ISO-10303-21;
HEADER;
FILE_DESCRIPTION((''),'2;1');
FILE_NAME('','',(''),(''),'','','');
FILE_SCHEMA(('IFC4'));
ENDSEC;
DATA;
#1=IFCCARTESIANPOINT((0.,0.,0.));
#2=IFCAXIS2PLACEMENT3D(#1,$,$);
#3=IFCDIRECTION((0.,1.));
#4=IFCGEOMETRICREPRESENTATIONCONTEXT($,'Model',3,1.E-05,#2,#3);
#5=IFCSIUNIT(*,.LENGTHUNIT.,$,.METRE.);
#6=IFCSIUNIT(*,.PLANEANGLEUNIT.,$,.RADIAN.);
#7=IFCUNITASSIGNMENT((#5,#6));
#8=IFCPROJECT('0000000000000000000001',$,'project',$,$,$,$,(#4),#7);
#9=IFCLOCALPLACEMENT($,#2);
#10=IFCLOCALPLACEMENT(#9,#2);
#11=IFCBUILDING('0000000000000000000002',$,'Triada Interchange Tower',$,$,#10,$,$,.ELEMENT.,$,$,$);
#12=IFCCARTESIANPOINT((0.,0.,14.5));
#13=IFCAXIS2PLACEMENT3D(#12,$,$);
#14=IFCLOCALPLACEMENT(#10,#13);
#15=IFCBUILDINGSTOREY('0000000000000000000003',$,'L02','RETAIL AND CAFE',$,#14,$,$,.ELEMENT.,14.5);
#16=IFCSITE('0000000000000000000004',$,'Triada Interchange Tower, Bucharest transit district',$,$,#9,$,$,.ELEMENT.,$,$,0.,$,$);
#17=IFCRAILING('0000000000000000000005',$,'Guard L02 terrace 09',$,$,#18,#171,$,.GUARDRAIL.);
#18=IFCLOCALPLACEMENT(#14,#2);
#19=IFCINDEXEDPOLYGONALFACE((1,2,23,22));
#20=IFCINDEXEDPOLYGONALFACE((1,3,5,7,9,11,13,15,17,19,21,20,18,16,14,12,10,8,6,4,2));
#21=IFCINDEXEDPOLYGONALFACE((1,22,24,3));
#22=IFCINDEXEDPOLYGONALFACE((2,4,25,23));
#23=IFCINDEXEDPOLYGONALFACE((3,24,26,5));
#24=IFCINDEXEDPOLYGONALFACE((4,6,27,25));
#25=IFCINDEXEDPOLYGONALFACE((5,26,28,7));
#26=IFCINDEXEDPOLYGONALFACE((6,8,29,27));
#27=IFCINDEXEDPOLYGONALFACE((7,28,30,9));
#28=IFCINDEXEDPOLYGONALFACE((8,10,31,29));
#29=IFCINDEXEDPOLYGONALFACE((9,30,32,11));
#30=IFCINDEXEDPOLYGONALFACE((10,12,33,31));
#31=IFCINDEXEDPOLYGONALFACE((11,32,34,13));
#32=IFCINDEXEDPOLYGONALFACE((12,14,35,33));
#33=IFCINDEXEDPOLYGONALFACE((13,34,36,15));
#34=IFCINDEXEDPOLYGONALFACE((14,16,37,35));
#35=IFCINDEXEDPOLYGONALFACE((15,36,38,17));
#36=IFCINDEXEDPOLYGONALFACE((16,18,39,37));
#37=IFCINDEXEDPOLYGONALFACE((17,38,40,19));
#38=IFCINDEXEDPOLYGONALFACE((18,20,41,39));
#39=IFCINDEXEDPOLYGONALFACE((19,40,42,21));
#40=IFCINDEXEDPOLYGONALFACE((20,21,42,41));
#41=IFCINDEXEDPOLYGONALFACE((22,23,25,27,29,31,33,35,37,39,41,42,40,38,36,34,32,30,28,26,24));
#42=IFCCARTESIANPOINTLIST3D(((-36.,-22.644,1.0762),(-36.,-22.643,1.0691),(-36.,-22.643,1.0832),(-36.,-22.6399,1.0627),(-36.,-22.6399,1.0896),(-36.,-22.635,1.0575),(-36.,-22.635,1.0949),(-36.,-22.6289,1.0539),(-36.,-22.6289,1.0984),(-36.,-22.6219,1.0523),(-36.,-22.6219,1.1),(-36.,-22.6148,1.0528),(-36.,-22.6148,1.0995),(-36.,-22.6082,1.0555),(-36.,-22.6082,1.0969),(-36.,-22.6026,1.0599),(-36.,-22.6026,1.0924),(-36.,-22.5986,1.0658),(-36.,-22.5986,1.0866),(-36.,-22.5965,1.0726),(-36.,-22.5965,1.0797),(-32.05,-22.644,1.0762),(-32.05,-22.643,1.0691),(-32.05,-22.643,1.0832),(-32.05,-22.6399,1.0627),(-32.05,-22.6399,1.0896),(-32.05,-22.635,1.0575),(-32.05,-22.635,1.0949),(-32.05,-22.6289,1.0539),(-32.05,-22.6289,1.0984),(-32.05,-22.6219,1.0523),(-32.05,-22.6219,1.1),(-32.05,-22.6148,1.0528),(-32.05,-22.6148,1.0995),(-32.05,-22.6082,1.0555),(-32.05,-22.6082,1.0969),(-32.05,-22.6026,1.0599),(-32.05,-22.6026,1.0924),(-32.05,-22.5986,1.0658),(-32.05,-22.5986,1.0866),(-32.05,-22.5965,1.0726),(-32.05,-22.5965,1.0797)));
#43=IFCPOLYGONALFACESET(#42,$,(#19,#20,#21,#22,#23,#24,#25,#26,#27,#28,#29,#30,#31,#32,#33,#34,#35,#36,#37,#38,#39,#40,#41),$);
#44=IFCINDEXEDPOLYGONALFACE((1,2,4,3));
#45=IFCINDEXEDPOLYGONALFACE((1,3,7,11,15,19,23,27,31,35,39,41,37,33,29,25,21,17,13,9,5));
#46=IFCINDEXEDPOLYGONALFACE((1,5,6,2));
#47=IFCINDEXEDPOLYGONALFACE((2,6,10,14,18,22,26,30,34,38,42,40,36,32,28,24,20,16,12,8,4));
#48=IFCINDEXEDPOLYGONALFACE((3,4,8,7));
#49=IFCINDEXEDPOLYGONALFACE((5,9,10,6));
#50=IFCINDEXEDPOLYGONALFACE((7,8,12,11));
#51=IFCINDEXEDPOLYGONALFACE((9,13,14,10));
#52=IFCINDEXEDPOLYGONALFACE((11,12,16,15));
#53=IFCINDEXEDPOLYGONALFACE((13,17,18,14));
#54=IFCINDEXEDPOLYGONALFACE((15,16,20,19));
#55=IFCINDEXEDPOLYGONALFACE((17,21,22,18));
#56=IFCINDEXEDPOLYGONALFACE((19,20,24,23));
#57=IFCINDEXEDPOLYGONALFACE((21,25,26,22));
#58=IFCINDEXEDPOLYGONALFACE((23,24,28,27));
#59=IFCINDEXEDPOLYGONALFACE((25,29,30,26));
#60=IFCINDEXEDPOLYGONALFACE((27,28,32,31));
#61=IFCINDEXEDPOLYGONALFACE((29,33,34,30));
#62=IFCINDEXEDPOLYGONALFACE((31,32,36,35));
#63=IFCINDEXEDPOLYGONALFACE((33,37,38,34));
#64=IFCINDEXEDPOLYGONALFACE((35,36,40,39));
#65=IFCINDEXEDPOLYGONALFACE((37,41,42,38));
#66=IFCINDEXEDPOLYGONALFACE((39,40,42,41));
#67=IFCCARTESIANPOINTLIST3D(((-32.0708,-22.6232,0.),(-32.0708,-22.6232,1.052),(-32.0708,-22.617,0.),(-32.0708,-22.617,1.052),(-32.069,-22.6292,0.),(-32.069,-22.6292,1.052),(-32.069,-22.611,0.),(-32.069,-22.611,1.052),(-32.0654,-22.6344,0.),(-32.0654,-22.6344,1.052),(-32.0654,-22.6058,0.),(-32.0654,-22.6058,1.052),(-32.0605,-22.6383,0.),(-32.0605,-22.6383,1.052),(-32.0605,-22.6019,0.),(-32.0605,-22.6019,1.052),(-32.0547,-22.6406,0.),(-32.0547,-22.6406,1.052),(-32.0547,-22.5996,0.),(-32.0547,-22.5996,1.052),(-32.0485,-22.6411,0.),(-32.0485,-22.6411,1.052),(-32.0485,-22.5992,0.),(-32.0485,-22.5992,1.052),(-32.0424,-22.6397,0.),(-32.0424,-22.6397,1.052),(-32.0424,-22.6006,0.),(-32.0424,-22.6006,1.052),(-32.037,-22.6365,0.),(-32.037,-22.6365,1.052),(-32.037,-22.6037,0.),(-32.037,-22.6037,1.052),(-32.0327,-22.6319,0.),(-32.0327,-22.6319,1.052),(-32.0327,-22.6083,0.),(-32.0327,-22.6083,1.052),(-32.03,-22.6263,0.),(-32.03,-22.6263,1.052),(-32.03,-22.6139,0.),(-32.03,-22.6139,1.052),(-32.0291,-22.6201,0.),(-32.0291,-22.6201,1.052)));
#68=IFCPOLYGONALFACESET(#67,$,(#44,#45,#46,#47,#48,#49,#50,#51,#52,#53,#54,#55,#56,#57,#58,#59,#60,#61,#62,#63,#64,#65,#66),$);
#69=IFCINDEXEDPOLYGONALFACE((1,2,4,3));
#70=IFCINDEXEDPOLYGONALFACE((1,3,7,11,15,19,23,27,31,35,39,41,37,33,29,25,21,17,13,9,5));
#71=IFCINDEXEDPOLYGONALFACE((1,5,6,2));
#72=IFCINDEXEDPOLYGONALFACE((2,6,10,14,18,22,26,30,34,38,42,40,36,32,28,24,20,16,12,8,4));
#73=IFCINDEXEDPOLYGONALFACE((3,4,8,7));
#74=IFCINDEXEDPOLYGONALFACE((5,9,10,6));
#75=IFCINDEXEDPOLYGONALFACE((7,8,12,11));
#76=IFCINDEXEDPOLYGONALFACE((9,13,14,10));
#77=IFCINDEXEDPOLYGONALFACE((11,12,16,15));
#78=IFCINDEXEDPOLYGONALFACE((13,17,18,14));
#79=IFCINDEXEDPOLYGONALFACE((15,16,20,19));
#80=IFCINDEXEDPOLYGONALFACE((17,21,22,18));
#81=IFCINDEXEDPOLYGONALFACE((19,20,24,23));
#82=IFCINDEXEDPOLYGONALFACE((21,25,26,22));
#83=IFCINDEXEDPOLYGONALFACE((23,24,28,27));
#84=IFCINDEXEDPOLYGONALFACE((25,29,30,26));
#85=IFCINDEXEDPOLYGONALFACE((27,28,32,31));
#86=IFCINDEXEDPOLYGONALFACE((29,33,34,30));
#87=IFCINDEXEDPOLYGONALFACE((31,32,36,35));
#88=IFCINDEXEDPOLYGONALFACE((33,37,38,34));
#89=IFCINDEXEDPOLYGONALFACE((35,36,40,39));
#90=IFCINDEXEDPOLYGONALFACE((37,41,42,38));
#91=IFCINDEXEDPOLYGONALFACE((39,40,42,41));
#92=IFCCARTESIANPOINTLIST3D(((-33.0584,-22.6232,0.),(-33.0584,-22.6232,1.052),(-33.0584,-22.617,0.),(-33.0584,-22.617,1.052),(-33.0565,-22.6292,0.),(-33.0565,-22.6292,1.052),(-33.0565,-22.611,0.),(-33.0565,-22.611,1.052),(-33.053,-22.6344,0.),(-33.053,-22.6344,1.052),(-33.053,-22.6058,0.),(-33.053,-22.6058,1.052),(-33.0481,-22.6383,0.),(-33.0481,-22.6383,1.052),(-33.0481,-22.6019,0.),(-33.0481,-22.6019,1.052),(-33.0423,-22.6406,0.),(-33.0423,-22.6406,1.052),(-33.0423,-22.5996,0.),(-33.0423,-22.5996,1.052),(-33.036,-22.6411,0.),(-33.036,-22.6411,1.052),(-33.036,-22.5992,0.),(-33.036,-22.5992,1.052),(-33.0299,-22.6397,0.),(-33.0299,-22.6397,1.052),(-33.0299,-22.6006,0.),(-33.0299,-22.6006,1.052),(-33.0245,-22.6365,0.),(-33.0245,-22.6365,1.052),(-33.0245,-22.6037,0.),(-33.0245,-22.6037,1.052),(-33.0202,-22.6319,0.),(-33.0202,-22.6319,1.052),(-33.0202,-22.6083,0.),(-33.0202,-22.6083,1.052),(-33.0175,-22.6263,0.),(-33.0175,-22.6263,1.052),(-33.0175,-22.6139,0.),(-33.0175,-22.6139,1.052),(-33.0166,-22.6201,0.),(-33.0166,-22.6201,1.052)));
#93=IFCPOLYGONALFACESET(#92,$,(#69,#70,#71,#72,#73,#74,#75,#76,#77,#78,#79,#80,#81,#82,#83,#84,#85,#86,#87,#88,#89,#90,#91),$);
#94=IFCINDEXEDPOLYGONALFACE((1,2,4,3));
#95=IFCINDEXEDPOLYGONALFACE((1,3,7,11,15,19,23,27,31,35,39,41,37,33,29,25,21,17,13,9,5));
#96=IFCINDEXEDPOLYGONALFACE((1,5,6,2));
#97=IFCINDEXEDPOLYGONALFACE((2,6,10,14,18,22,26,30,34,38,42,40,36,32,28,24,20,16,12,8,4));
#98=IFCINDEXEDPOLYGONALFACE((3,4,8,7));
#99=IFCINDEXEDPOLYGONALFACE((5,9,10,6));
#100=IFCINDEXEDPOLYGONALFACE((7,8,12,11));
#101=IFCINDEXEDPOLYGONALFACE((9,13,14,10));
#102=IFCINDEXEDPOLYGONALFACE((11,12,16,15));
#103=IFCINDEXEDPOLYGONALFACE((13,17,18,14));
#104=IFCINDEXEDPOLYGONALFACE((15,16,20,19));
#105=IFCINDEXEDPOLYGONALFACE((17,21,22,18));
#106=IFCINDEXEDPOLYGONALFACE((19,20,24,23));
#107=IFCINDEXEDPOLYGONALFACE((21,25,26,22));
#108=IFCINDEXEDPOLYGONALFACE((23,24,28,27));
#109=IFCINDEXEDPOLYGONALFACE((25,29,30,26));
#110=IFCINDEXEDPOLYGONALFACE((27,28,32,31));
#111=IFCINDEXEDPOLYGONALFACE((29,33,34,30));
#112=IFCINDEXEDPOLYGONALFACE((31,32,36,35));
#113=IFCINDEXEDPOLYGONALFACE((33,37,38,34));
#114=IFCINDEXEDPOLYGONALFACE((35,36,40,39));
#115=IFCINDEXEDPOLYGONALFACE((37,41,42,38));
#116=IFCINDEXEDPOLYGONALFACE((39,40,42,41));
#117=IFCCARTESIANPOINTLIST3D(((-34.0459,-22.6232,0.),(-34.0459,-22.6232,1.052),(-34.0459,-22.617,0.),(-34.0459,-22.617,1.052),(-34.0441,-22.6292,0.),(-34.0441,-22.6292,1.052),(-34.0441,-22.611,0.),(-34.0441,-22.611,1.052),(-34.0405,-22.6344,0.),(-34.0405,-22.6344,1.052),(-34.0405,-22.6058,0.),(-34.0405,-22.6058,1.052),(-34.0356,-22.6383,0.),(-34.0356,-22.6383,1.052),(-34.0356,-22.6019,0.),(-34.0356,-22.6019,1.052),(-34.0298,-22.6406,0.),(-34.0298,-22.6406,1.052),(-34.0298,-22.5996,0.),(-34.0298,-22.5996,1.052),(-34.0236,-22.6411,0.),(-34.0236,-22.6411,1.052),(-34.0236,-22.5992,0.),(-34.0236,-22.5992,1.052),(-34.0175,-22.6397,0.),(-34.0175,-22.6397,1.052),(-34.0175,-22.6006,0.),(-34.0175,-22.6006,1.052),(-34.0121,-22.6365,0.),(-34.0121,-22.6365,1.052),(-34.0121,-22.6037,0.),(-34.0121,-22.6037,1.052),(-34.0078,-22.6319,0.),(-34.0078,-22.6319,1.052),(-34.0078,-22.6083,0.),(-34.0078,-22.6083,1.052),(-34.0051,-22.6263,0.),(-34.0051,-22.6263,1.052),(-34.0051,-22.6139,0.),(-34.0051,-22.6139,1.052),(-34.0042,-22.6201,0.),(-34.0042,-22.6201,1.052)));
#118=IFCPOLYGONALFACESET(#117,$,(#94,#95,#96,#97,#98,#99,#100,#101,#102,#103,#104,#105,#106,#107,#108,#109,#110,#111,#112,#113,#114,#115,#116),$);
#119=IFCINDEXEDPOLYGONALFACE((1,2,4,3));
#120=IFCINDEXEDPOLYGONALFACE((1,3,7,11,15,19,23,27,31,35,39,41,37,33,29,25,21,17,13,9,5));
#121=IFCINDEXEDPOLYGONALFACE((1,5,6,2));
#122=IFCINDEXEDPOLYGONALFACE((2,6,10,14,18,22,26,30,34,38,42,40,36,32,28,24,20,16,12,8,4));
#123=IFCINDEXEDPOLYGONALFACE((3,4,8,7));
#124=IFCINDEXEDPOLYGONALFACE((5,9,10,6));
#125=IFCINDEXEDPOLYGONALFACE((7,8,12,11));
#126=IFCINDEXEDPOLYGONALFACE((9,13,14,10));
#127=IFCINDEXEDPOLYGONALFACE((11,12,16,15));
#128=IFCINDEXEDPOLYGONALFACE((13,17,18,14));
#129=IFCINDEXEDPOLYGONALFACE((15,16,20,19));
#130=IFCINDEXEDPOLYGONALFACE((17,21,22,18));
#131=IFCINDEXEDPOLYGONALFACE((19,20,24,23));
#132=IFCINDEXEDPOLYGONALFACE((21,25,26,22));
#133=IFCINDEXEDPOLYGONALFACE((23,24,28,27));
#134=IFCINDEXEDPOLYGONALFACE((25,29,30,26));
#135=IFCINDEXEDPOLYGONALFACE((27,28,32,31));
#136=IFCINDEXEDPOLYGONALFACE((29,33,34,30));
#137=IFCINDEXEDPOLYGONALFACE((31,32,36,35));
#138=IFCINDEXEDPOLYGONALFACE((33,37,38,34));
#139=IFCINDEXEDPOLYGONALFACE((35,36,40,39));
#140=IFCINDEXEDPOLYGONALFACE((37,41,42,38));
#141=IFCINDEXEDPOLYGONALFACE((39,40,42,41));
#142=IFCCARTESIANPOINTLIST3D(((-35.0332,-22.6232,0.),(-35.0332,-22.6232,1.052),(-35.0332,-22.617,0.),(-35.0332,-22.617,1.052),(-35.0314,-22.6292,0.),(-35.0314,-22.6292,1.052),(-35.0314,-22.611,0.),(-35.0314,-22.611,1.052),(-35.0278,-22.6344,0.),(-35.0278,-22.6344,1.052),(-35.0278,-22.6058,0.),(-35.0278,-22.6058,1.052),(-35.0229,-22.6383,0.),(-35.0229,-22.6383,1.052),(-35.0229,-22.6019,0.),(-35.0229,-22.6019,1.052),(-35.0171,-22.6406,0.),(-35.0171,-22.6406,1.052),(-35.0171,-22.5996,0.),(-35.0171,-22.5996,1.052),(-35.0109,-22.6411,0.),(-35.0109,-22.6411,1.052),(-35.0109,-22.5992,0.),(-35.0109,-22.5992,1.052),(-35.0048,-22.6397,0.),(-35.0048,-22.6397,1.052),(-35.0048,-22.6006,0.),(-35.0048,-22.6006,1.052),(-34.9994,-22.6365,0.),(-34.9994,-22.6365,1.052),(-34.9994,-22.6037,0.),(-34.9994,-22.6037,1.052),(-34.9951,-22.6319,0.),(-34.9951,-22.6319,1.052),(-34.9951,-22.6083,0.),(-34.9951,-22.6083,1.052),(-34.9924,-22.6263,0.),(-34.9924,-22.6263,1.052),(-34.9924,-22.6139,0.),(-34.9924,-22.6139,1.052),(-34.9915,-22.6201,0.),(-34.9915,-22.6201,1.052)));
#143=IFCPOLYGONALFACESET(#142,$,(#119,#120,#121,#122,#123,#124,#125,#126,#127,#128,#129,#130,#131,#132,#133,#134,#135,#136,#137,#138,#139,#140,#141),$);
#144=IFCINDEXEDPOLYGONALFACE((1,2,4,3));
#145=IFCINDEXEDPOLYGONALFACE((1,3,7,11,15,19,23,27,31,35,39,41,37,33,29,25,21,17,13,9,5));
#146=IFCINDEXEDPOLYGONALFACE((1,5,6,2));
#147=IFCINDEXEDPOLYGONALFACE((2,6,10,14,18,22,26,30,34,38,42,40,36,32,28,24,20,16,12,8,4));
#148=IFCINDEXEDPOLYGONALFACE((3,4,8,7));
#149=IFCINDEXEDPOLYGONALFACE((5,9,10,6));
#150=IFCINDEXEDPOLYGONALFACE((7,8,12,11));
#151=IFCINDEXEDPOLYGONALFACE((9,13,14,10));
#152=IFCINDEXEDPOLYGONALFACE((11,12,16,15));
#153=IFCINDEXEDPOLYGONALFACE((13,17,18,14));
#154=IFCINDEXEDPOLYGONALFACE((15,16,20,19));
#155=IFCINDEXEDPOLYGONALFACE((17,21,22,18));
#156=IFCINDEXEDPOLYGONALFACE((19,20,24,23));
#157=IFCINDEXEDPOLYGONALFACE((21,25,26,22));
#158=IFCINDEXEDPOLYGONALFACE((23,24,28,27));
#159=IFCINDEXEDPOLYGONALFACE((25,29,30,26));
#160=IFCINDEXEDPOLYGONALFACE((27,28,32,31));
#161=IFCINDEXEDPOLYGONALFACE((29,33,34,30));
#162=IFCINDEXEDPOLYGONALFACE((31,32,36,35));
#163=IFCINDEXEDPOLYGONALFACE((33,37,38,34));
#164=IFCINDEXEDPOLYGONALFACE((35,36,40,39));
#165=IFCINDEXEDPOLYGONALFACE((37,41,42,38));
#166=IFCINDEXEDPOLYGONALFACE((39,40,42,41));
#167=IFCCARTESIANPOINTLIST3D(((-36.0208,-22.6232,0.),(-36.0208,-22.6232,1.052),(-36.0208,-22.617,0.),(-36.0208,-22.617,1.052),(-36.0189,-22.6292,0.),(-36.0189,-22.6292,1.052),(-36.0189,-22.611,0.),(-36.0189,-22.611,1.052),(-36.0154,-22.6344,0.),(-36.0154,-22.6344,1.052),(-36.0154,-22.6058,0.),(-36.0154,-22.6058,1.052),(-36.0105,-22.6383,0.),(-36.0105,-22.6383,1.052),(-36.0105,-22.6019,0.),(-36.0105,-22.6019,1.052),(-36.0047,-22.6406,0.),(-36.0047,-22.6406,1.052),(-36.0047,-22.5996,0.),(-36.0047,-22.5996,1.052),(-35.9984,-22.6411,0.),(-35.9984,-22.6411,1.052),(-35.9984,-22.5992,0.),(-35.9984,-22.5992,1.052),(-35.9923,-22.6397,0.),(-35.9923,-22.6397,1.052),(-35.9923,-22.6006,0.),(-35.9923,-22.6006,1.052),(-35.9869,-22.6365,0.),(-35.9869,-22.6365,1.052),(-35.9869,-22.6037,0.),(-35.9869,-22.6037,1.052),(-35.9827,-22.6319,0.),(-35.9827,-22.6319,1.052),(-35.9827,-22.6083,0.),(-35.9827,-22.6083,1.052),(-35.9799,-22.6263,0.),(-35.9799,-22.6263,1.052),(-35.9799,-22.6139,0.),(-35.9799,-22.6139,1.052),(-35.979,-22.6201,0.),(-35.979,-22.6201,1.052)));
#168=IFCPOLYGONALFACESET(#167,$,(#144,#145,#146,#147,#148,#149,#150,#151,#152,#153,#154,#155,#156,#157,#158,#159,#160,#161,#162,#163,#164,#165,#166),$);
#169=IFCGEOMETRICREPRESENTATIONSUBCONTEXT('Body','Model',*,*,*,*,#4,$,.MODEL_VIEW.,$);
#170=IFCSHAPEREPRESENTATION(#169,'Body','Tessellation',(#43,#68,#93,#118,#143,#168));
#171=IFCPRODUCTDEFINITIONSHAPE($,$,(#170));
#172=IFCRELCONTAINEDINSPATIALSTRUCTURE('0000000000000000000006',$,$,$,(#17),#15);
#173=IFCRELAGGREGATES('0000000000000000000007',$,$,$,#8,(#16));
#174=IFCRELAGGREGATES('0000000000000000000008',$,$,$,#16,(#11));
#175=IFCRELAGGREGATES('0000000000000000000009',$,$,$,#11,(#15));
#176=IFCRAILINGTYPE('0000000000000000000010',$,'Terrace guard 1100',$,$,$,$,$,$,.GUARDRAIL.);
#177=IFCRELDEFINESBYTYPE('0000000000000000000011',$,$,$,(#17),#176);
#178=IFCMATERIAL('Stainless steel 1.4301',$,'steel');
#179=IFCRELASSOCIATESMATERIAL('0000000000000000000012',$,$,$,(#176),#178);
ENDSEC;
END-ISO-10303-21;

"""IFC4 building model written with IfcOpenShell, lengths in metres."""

from ifc_helpers import new_model, si_unit, direction, frame, origin, origin_2d, place, context, subcontext, project, spatial, circle, extrude, material, type_object, element, save


model = new_model("IFC4")

# Units and contexts
model_context = context("Model", 3, precision=1e-05, world=origin(), true_north=direction((0.0, 1.0)))
body_context = subcontext(model_context, "Body", "Model", "MODEL_VIEW")
ifc_project = project(units=[si_unit("LENGTHUNIT", "METRE"), si_unit("PLANEANGLEUNIT", "RADIAN")], contexts=[model_context])

# Site, building, storey
site_placement = place(None, origin())
site = spatial("IfcSite", under=ifc_project, at=site_placement, Name="Triada Interchange Tower, Bucharest transit district", CompositionType="ELEMENT", RefElevation=0.0)
building_placement = place(site_placement, origin())
building = spatial("IfcBuilding", under=site, at=building_placement, Name="Triada Interchange Tower", CompositionType="ELEMENT")
storey_placement = place(building_placement, frame((0.0, 0.0, 14.5)))
storey = spatial("IfcBuildingStorey", under=building, at=storey_placement, Name="L02", Description="RETAIL AND CAFE", CompositionType="ELEMENT", Elevation=14.5)

# Railing
ifc_material_1 = material(Name="Stainless steel 1.4301", Category="steel")
railing_type = type_object("IfcRailingType", Name="Terrace guard 1100", PredefinedType="GUARDRAIL", material=ifc_material_1)
railing_1_placement = place(storey_placement, frame((-32.05, -22.6201, 0.0)))
element("IfcRailing", 1, at=railing_1_placement, inside=storey, type_object=railing_type, Name="Guard L02 terrace 09", PredefinedType="GUARDRAIL", context=body_context, shape_type="SweptSolid", body=[
    extrude(circle(Radius=0.0239, at=origin_2d()), frame((0.0, 0.0, 1.0762), z_axis=(-1.0, 0.0, 0.0), x_axis=(0.0, -1.0, 0.0)), (0.0, 0.0, 1.0), 3.95),
    extrude(circle(Radius=0.021, at=origin_2d()), origin(), (0.0, 0.0, 1.0), 1.052),
    extrude(circle(Radius=0.021, at=origin_2d()), frame((-0.9875, 0.0, 0.0)), (0.0, 0.0, 1.0), 1.052),
    extrude(circle(Radius=0.021, at=origin_2d()), frame((-1.9751, 0.0, 0.0)), (0.0, 0.0, 1.0), 1.052),
    extrude(circle(Radius=0.021, at=origin_2d()), frame((-2.9624, 0.0, 0.0)), (0.0, 0.0, 1.0), 1.052),
    extrude(circle(Radius=0.021, at=origin_2d()), frame((-3.95, 0.0, 0.0)), (0.0, 0.0, 1.0), 1.052),
])

save(model, "model.ifc")
